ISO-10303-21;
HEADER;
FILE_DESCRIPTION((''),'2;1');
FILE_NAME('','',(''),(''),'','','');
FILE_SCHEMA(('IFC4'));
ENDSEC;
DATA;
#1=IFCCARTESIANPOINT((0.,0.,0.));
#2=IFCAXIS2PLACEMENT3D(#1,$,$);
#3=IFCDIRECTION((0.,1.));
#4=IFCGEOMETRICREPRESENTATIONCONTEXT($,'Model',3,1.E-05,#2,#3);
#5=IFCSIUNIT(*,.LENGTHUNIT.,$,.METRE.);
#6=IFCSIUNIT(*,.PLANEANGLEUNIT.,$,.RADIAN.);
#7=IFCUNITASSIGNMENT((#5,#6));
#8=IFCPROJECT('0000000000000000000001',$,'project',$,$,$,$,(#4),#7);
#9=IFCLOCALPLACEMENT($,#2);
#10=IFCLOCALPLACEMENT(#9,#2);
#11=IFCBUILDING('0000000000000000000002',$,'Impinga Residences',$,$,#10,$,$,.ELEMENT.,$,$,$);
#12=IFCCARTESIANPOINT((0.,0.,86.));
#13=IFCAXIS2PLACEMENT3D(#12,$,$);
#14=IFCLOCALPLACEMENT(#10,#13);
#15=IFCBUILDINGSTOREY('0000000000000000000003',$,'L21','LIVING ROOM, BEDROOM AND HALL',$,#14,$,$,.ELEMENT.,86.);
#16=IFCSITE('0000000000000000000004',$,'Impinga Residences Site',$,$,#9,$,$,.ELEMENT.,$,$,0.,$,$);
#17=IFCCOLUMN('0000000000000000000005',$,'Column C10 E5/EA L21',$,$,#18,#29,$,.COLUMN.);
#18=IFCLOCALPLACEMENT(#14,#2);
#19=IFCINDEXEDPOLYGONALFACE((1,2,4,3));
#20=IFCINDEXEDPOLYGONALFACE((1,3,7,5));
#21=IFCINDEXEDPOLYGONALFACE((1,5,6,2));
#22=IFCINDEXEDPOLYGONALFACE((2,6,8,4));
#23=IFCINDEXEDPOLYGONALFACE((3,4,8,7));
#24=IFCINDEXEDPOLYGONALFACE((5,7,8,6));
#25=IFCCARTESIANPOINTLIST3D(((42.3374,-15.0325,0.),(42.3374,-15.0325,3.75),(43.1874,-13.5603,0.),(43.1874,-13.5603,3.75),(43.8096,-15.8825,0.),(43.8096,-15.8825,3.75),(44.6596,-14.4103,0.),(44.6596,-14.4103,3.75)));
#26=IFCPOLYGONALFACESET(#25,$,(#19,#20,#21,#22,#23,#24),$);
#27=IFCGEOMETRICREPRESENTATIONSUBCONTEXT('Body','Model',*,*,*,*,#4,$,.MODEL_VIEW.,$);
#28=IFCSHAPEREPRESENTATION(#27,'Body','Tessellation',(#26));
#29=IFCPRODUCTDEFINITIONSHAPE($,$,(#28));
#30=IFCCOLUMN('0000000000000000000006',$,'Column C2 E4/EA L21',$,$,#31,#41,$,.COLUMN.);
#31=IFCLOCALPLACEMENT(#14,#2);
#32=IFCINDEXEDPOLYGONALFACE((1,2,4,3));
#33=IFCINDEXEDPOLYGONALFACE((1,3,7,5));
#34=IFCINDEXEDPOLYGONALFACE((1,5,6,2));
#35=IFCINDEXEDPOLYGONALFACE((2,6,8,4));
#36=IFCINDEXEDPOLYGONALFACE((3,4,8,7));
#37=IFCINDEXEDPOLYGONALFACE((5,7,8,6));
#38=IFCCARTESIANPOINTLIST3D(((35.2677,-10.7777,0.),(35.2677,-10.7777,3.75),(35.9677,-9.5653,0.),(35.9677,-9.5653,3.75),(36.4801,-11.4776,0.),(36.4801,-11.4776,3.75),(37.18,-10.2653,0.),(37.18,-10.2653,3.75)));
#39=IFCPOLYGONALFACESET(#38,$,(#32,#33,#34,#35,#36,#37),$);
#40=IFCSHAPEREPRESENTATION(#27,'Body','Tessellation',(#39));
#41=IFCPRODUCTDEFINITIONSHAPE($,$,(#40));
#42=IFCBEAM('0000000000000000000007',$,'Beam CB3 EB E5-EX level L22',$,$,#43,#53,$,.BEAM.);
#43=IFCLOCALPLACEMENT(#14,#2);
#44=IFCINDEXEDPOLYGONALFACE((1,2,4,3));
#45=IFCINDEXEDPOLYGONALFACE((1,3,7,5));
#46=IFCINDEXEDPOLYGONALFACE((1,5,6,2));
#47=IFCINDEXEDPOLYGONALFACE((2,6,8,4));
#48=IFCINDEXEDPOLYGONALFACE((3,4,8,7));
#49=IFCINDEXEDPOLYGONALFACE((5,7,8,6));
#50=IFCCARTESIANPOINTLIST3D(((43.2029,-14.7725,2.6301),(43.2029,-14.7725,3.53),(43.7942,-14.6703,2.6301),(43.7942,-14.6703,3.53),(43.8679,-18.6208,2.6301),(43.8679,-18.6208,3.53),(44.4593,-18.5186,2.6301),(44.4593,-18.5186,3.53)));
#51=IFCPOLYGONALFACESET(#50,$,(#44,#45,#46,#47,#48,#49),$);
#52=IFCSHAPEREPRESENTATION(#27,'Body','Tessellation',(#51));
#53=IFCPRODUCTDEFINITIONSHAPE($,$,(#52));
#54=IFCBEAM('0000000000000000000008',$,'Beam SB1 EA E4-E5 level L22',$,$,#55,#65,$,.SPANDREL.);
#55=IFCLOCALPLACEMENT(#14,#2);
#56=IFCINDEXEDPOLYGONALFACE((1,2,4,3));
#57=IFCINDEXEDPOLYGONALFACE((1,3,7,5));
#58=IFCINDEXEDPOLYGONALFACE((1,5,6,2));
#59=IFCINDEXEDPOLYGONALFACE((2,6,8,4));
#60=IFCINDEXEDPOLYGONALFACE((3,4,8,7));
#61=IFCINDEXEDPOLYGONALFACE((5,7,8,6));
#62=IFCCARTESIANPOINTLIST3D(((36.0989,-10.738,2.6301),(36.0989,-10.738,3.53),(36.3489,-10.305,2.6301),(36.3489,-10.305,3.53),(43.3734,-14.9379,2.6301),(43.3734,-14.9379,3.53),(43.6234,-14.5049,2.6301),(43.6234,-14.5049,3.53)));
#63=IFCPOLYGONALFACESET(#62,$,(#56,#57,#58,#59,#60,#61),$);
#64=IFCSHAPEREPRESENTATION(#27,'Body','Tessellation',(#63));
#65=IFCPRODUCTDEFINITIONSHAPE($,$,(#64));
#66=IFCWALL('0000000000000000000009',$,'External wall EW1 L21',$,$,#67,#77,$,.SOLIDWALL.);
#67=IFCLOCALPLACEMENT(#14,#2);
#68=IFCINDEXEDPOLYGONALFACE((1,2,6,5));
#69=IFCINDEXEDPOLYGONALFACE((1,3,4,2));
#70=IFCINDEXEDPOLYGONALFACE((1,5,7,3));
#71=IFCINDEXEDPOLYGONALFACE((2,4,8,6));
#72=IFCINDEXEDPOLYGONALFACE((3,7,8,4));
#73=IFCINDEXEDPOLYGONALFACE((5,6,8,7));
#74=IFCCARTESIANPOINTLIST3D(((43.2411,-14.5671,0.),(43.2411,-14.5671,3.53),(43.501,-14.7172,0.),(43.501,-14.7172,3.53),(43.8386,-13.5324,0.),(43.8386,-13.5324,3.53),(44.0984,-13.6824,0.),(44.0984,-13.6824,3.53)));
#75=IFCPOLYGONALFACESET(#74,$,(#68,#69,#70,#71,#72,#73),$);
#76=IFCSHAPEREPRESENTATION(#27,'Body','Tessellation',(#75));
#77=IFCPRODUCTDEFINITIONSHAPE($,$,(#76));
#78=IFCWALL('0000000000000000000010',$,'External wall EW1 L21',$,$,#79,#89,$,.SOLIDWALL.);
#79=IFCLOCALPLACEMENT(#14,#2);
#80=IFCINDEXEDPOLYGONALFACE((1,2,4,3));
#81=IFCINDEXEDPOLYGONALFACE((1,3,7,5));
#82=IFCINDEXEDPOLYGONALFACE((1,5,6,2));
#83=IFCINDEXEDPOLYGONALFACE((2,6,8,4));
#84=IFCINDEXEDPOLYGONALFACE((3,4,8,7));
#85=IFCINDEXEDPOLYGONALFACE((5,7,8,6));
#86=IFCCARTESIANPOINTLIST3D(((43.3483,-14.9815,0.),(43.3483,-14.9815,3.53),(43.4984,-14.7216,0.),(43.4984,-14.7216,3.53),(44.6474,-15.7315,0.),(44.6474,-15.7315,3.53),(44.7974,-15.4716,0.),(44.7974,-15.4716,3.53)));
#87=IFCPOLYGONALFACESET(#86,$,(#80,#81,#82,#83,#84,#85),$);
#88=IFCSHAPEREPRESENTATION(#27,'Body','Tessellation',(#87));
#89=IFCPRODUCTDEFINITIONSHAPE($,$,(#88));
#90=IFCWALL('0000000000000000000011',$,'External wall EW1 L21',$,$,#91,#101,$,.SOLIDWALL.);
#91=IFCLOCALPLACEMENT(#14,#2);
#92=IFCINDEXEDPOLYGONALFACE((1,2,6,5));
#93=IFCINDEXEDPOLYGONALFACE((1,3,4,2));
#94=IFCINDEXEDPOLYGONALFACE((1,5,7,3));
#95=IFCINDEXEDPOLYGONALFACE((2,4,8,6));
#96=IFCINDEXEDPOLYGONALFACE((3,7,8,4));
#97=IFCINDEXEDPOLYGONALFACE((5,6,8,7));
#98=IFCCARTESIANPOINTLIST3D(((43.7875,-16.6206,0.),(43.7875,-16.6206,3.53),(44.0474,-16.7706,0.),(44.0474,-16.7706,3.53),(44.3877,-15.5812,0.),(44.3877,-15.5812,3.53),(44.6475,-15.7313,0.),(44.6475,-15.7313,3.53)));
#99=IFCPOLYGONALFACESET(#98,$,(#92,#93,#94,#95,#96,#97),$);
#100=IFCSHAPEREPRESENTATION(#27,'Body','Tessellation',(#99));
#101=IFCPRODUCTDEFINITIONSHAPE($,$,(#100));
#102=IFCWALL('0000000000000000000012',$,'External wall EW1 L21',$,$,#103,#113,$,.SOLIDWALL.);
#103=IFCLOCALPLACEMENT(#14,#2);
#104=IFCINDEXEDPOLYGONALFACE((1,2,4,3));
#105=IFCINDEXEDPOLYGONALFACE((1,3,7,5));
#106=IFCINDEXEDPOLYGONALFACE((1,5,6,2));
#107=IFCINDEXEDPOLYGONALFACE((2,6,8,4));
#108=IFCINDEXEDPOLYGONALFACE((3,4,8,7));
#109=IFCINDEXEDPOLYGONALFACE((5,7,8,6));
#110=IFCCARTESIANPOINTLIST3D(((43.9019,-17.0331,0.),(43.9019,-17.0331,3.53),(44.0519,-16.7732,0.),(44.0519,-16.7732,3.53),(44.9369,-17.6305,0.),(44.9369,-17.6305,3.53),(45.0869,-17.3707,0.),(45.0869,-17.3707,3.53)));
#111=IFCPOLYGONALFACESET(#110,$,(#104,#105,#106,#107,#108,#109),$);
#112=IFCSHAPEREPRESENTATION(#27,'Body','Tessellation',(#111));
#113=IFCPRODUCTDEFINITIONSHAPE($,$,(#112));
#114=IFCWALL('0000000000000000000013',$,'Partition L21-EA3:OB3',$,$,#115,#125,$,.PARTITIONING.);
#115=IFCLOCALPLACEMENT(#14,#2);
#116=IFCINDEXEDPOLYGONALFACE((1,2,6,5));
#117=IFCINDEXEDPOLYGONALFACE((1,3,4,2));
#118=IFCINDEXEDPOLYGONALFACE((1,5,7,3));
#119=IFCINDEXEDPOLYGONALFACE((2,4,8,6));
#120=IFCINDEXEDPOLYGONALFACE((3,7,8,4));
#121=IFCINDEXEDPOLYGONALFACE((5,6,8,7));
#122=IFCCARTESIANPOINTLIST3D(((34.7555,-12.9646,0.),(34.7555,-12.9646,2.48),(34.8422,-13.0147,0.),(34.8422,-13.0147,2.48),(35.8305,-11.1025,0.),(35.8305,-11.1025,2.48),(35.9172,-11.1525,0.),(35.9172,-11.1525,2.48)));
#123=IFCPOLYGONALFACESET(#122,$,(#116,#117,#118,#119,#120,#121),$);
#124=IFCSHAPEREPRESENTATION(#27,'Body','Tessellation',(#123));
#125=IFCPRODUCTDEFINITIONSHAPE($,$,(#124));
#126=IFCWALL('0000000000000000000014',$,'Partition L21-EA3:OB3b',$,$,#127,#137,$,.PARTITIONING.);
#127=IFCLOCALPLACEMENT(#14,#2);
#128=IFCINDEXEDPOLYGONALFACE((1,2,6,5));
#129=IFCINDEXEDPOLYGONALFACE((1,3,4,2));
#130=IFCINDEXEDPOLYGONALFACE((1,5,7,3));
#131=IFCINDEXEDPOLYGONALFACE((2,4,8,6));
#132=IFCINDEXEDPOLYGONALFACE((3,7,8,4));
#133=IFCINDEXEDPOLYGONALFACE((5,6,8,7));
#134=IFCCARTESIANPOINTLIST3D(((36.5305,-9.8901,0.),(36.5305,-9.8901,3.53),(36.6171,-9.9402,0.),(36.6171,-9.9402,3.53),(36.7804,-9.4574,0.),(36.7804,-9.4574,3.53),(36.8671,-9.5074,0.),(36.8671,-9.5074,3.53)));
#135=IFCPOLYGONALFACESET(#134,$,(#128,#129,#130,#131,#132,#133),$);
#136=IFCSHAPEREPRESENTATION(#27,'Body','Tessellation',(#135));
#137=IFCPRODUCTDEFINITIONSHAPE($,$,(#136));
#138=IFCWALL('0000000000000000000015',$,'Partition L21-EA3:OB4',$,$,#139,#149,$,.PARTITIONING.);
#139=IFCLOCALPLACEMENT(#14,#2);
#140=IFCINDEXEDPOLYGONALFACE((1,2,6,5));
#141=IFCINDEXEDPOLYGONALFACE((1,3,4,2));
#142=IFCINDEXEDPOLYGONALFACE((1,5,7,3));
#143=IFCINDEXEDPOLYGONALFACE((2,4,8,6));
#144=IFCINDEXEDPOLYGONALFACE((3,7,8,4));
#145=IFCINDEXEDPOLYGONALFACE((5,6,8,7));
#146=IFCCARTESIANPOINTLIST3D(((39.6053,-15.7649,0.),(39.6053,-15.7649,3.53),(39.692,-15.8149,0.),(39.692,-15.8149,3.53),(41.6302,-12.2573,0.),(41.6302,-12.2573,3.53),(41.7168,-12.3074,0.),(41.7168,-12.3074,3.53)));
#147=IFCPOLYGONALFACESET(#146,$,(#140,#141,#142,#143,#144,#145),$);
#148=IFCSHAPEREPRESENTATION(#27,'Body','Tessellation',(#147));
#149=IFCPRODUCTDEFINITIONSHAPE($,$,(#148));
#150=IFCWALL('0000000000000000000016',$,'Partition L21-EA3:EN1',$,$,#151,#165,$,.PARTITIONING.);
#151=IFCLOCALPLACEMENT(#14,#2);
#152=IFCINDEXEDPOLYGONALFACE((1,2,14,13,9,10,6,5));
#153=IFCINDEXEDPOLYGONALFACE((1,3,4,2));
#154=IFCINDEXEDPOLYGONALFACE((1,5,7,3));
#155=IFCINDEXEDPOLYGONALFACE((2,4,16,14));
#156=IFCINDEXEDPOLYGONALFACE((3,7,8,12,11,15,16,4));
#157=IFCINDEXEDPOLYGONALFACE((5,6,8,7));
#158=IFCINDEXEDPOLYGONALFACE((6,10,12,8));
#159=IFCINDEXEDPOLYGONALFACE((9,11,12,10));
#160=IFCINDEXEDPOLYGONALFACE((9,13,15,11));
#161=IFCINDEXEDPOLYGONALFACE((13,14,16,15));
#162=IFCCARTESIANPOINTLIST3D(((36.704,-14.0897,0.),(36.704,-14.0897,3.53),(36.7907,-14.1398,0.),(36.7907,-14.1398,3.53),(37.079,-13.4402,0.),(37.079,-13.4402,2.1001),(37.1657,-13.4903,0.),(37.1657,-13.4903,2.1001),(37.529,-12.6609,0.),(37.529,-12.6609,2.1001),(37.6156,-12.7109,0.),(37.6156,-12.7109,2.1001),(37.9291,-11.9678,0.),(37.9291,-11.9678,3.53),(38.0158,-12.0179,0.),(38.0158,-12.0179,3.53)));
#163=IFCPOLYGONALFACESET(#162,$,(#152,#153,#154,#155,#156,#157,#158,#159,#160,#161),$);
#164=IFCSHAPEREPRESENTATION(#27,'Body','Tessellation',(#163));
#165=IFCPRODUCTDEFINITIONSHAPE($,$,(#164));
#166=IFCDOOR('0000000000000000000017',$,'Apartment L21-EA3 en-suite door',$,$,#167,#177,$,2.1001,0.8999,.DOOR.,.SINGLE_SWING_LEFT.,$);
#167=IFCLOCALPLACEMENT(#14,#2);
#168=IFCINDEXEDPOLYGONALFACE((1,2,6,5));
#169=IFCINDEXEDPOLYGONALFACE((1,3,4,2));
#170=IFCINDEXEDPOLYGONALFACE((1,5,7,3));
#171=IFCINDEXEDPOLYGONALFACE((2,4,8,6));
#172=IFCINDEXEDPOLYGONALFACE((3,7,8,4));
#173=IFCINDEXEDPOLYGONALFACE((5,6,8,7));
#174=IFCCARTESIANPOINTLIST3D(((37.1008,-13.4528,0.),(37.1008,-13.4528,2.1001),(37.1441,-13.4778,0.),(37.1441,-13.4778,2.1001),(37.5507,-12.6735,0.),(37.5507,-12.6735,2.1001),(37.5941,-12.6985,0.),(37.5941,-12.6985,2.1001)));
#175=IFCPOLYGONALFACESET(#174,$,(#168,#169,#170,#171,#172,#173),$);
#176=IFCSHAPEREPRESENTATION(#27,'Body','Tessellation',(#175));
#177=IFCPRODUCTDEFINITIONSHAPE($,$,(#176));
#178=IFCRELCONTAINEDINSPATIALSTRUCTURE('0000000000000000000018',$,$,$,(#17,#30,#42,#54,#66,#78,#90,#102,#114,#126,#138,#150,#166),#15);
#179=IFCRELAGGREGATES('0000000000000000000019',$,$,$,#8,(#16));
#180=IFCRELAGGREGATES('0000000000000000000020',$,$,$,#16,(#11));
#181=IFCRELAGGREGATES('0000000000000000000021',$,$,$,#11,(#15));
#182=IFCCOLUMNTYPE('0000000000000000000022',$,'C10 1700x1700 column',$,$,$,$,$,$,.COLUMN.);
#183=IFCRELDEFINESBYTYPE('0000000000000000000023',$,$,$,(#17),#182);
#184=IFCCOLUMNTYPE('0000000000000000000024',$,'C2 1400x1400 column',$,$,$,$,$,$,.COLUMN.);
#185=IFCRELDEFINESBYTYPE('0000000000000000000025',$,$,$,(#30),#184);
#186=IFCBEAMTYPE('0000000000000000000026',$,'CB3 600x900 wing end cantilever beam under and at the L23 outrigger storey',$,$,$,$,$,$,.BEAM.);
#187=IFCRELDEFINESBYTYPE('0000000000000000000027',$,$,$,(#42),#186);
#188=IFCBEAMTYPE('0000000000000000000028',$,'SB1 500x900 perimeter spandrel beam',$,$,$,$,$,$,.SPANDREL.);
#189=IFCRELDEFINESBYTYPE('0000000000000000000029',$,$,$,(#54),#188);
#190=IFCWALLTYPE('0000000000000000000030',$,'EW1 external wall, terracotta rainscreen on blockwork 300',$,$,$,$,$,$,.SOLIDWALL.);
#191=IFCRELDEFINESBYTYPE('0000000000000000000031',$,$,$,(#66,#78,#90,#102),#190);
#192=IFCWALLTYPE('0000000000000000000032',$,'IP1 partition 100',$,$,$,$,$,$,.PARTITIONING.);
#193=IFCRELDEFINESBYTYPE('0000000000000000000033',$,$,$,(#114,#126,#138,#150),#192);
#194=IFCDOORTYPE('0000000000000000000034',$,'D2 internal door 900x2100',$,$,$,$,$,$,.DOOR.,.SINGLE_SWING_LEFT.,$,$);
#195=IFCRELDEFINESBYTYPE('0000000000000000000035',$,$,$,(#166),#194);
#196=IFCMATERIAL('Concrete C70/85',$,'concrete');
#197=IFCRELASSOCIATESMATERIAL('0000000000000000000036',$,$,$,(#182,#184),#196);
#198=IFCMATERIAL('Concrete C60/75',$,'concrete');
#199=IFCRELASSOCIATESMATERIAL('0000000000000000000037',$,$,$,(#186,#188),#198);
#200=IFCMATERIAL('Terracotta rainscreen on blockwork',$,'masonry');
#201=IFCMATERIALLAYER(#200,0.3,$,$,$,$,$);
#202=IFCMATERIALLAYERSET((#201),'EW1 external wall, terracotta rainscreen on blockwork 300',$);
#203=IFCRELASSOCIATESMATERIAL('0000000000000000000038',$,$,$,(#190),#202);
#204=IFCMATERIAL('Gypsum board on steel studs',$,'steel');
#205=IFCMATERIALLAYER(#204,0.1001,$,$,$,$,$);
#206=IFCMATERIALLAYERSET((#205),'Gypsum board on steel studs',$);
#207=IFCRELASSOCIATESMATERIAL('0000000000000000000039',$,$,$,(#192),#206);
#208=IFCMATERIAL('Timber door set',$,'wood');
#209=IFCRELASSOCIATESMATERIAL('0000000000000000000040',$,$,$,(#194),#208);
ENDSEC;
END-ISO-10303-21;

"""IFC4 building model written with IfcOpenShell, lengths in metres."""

from ifc_helpers import new_model, si_unit, direction, frame, frame_2d, origin, origin_2d, place, context, subcontext, project, spatial, rectangle, extrude, material, layer, layer_set, material_profile, profile_set, type_object, element, fill, save


model = new_model("IFC4")

# Units and contexts
model_context = context("Model", 3, precision=1e-05, world=origin(), true_north=direction((0.0, 1.0)))
body_context = subcontext(model_context, "Body", "Model", "MODEL_VIEW")
ifc_project = project(units=[si_unit("LENGTHUNIT", "METRE"), si_unit("PLANEANGLEUNIT", "RADIAN")], contexts=[model_context])

# Site, building, storey
site_placement = place(None, origin())
site = spatial("IfcSite", under=ifc_project, at=site_placement, Name="Impinga Residences Site", CompositionType="ELEMENT", RefElevation=0.0)
building_placement = place(site_placement, origin())
building = spatial("IfcBuilding", under=site, at=building_placement, Name="Impinga Residences", CompositionType="ELEMENT")
storey_placement = place(building_placement, frame((0.0, 0.0, 86.0)))
storey = spatial("IfcBuildingStorey", under=building, at=storey_placement, Name="L21", Description="LIVING ROOM, BEDROOM AND HALL", CompositionType="ELEMENT", Elevation=86.0)

# Columns
ifc_material_1 = material(Name="Concrete C70/85", Category="concrete")
ifc_material_profile_1 = material_profile(ifc_material_1, rectangle(XDim=1.7, YDim=1.7, at=origin_2d()), Name="RC 1700x1700")
ifc_profile_set_1 = profile_set([ifc_material_profile_1], Name="Concrete C70/85")
column_type_1 = type_object("IfcColumnType", Name="C10 1700x1700 column", PredefinedType="COLUMN", material=ifc_profile_set_1)
column_1_placement = place(storey_placement, frame((43.4985, -14.7214, 0.0), z_axis=(0.0, 0.0, 1.0), x_axis=(-0.5, -0.866025, 0.0)))
element("IfcColumn", 1, at=column_1_placement, inside=storey, type_object=column_type_1, Name="Column C10 E5/EA L21", PredefinedType="COLUMN", context=body_context, shape_type="SweptSolid", body=[
    extrude(rectangle(XDim=1.7, YDim=1.7, at=origin_2d()), origin(), (0.0, 0.0, 1.0), 3.75),
])
ifc_material_profile_2 = material_profile(ifc_material_1, rectangle(XDim=1.3999, YDim=1.3999, at=origin_2d()), Name="RC 1400x1400")
ifc_profile_set_2 = profile_set([ifc_material_profile_2], Name="Concrete C70/85")
column_type_2 = type_object("IfcColumnType", Name="C2 1400x1400 column", PredefinedType="COLUMN", material=ifc_profile_set_2)
column_2_placement = place(storey_placement, frame((36.2239, -10.5215, 0.0), z_axis=(0.0, 0.0, 1.0), x_axis=(-0.5, -0.866025, 0.0)))
element("IfcColumn", 2, at=column_2_placement, inside=storey, type_object=column_type_2, Name="Column C2 E4/EA L21", PredefinedType="COLUMN", context=body_context, shape_type="SweptSolid", body=[
    extrude(rectangle(XDim=1.3999, YDim=1.3999, at=origin_2d()), origin(), (0.0, 0.0, 1.0), 3.75),
])

# Beams
ifc_material_2 = material(Name="Concrete C60/75", Category="concrete")
ifc_material_profile_3 = material_profile(ifc_material_2, rectangle(XDim=0.6001, YDim=0.8999, at=origin_2d()), Name="RC 600x900")
ifc_profile_set_3 = profile_set([ifc_material_profile_3], Name="Concrete C60/75")
beam_type_1 = type_object("IfcBeamType", Name="CB3 600x900 wing end cantilever beam under and at the L23 outrigger storey", PredefinedType="BEAM", material=ifc_profile_set_3)
beam_1_placement = place(storey_placement, frame((43.4985, -14.7214, 3.0801), z_axis=(0.170296, -0.985393, 0.0), x_axis=(0.985393, 0.170296, 0.0)))
element("IfcBeam", 3, at=beam_1_placement, inside=storey, type_object=beam_type_1, Name="Beam CB3 EB E5-EX level L22", PredefinedType="BEAM", context=body_context, shape_type="SweptSolid", body=[
    extrude(rectangle(XDim=0.6001, YDim=0.8999, at=origin_2d()), origin(), (0.0, 0.0, 1.0), 3.9053),
])
ifc_material_profile_4 = material_profile(ifc_material_2, rectangle(XDim=0.5, YDim=0.8999, at=origin_2d()), Name="RC 500x900")
ifc_profile_set_4 = profile_set([ifc_material_profile_4], Name="Concrete C60/75")
beam_type_2 = type_object("IfcBeamType", Name="SB1 500x900 perimeter spandrel beam", PredefinedType="SPANDREL", material=ifc_profile_set_4)
beam_2_placement = place(storey_placement, frame((36.2239, -10.5215, 3.0801), z_axis=(0.866029, -0.499993, 0.0), x_axis=(0.499993, 0.866029, 0.0)))
element("IfcBeam", 4, at=beam_2_placement, inside=storey, type_object=beam_type_2, Name="Beam SB1 EA E4-E5 level L22", PredefinedType="SPANDREL", context=body_context, shape_type="SweptSolid", body=[
    extrude(rectangle(XDim=0.5, YDim=0.8999, at=origin_2d()), origin(), (0.0, 0.0, 1.0), 8.3999),
])

# Walls
ifc_material_3 = material(Name="Terracotta rainscreen on blockwork", Category="masonry")
ifc_layer_1 = layer(ifc_material_3, 0.3)
ifc_layer_set_1 = layer_set([ifc_layer_1], Name="EW1 external wall, terracotta rainscreen on blockwork 300")
wall_type_1 = type_object("IfcWallType", Name="EW1 external wall, terracotta rainscreen on blockwork 300", PredefinedType="SOLIDWALL", material=ifc_layer_set_1)
wall_1_placement = place(storey_placement, frame((43.9685, -13.6074, 0.0), z_axis=(0.0, 0.0, 1.0), x_axis=(-0.500029, -0.866009, 0.0)))
element("IfcWall", 5, at=wall_1_placement, inside=storey, type_object=wall_type_1, Name="External wall EW1 L21", PredefinedType="SOLIDWALL", context=body_context, shape_type="SweptSolid", body=[
    extrude(rectangle(XDim=1.1948, YDim=0.3, at=frame_2d((0.5974, 0.0))), origin(), (0.0, 0.0, 1.0), 3.53),
])
wall_2_placement = place(storey_placement, frame((43.4233, -14.8516, 0.0), z_axis=(0.0, 0.0, 1.0), x_axis=(0.866031, -0.49999, 0.0)))
element("IfcWall", 6, at=wall_2_placement, inside=storey, type_object=wall_type_1, Name="External wall EW1 L21", PredefinedType="SOLIDWALL", context=body_context, shape_type="SweptSolid", body=[
    extrude(rectangle(XDim=1.5, YDim=0.3, at=frame_2d((0.75, 0.0))), origin(), (0.0, 0.0, 1.0), 3.53),
])
wall_3_placement = place(storey_placement, frame((44.5176, -15.6562, 0.0), z_axis=(0.0, 0.0, 1.0), x_axis=(-0.500034, -0.866006, 0.0)))
element("IfcWall", 7, at=wall_3_placement, inside=storey, type_object=wall_type_1, Name="External wall EW1 L21", PredefinedType="SOLIDWALL", context=body_context, shape_type="SweptSolid", body=[
    extrude(rectangle(XDim=1.2002, YDim=0.3, at=frame_2d((0.6001, 0.0))), origin(), (0.0, 0.0, 1.0), 3.53),
])
wall_4_placement = place(storey_placement, frame((43.9768, -16.9031, 0.0), z_axis=(0.0, 0.0, 1.0), x_axis=(0.86606, -0.499941, 0.0)))
element("IfcWall", 8, at=wall_4_placement, inside=storey, type_object=wall_type_1, Name="External wall EW1 L21", PredefinedType="SOLIDWALL", context=body_context, shape_type="SweptSolid", body=[
    extrude(rectangle(XDim=1.1951, YDim=0.3, at=frame_2d((0.5977, 0.0))), origin(), (0.0, 0.0, 1.0), 3.53),
])
ifc_material_4 = material(Name="Gypsum board on steel studs", Category="steel")
ifc_layer_2 = layer(ifc_material_4, 0.1001)
ifc_layer_set_2 = layer_set([ifc_layer_2], Name="Gypsum board on steel studs")
wall_type_2 = type_object("IfcWallType", Name="IP1 partition 100", PredefinedType="PARTITIONING", material=ifc_layer_set_2)
wall_5_placement = place(storey_placement, frame((34.7988, -12.9897, 0.0), z_axis=(0.0, 0.0, 1.0), x_axis=(0.499962, 0.866048, 0.0)))
element("IfcWall", 9, at=wall_5_placement, inside=storey, type_object=wall_type_2, Name="Partition L21-EA3:OB3", PredefinedType="PARTITIONING", context=body_context, shape_type="SweptSolid", body=[
    extrude(rectangle(XDim=2.1501, YDim=0.1001, at=frame_2d((1.0752, 0.0))), origin(), (0.0, 0.0, 1.0), 2.48),
])
wall_6_placement = place(storey_placement, frame((36.5737, -9.9153, 0.0), z_axis=(0.0, 0.0, 1.0), x_axis=(0.500131, 0.86595, 0.0)))
element("IfcWall", 10, at=wall_6_placement, inside=storey, type_object=wall_type_2, Name="Partition L21-EA3:OB3b", PredefinedType="PARTITIONING", context=body_context, shape_type="SweptSolid", body=[
    extrude(rectangle(XDim=0.4998, YDim=0.1001, at=frame_2d((0.25, 0.0))), origin(), (0.0, 0.0, 1.0), 3.53),
])
wall_7_placement = place(storey_placement, frame((39.6487, -15.7898, 0.0), z_axis=(0.0, 0.0, 1.0), x_axis=(0.499964, 0.866046, 0.0)))
element("IfcWall", 11, at=wall_7_placement, inside=storey, type_object=wall_type_2, Name="Partition L21-EA3:OB4", PredefinedType="PARTITIONING", context=body_context, shape_type="SweptSolid", body=[
    extrude(rectangle(XDim=4.05, YDim=0.1001, at=frame_2d((2.0249, 0.0))), origin(), (0.0, 0.0, 1.0), 3.53),
])

# Wall, opening, door
wall_8_placement = place(storey_placement, frame((36.7473, -14.1147, 0.0), z_axis=(0.0, 0.0, 1.0), x_axis=(0.500019, 0.866015, 0.0)))
wall_8 = element("IfcWall", 12, at=wall_8_placement, inside=storey, type_object=wall_type_2, Name="Partition L21-EA3:EN1", PredefinedType="PARTITIONING", context=body_context, shape_type="SweptSolid", body=[
    extrude(rectangle(XDim=2.4502, YDim=0.1001, at=frame_2d((1.2251, 0.0))), origin(), (0.0, 0.0, 1.0), 3.53),
])
opening_placement = place(wall_8_placement, frame((0.75, 0.0, 0.0)))
opening = element("IfcOpeningElement", 13, at=opening_placement, cuts=wall_8, PredefinedType="OPENING", context=body_context, shape_type="SweptSolid", body=[
    extrude(rectangle(XDim=0.8999, YDim=2.1001, at=frame_2d((0.45, 1.05))), frame((0.0, 0.0601, 0.0), z_axis=(0.0, -1.0, 0.0), x_axis=(1.0, 0.0, 0.0)), (0.0, 0.0, 1.0), 0.1201),
])
ifc_material_5 = material(Name="Timber door set", Category="wood")
door_type = type_object("IfcDoorType", Name="D2 internal door 900x2100", OperationType="SINGLE_SWING_LEFT", PredefinedType="DOOR", material=ifc_material_5)
door_placement = place(opening_placement, origin())
door = element("IfcDoor", 14, at=door_placement, inside=storey, type_object=door_type, Name="Apartment L21-EA3 en-suite door", OperationType="SINGLE_SWING_LEFT", OverallHeight=2.1001, OverallWidth=0.8999, PredefinedType="DOOR", context=body_context, shape_type="SweptSolid", body=[
    extrude(rectangle(XDim=0.8999, YDim=2.1001, at=frame_2d((0.45, 1.05))), frame((0.0, 0.0249, 0.0), z_axis=(0.0, -1.0, 0.0), x_axis=(1.0, 0.0, 0.0)), (0.0, 0.0, 1.0), 0.05),
])
fill(opening, door)

save(model, "model.ifc")
